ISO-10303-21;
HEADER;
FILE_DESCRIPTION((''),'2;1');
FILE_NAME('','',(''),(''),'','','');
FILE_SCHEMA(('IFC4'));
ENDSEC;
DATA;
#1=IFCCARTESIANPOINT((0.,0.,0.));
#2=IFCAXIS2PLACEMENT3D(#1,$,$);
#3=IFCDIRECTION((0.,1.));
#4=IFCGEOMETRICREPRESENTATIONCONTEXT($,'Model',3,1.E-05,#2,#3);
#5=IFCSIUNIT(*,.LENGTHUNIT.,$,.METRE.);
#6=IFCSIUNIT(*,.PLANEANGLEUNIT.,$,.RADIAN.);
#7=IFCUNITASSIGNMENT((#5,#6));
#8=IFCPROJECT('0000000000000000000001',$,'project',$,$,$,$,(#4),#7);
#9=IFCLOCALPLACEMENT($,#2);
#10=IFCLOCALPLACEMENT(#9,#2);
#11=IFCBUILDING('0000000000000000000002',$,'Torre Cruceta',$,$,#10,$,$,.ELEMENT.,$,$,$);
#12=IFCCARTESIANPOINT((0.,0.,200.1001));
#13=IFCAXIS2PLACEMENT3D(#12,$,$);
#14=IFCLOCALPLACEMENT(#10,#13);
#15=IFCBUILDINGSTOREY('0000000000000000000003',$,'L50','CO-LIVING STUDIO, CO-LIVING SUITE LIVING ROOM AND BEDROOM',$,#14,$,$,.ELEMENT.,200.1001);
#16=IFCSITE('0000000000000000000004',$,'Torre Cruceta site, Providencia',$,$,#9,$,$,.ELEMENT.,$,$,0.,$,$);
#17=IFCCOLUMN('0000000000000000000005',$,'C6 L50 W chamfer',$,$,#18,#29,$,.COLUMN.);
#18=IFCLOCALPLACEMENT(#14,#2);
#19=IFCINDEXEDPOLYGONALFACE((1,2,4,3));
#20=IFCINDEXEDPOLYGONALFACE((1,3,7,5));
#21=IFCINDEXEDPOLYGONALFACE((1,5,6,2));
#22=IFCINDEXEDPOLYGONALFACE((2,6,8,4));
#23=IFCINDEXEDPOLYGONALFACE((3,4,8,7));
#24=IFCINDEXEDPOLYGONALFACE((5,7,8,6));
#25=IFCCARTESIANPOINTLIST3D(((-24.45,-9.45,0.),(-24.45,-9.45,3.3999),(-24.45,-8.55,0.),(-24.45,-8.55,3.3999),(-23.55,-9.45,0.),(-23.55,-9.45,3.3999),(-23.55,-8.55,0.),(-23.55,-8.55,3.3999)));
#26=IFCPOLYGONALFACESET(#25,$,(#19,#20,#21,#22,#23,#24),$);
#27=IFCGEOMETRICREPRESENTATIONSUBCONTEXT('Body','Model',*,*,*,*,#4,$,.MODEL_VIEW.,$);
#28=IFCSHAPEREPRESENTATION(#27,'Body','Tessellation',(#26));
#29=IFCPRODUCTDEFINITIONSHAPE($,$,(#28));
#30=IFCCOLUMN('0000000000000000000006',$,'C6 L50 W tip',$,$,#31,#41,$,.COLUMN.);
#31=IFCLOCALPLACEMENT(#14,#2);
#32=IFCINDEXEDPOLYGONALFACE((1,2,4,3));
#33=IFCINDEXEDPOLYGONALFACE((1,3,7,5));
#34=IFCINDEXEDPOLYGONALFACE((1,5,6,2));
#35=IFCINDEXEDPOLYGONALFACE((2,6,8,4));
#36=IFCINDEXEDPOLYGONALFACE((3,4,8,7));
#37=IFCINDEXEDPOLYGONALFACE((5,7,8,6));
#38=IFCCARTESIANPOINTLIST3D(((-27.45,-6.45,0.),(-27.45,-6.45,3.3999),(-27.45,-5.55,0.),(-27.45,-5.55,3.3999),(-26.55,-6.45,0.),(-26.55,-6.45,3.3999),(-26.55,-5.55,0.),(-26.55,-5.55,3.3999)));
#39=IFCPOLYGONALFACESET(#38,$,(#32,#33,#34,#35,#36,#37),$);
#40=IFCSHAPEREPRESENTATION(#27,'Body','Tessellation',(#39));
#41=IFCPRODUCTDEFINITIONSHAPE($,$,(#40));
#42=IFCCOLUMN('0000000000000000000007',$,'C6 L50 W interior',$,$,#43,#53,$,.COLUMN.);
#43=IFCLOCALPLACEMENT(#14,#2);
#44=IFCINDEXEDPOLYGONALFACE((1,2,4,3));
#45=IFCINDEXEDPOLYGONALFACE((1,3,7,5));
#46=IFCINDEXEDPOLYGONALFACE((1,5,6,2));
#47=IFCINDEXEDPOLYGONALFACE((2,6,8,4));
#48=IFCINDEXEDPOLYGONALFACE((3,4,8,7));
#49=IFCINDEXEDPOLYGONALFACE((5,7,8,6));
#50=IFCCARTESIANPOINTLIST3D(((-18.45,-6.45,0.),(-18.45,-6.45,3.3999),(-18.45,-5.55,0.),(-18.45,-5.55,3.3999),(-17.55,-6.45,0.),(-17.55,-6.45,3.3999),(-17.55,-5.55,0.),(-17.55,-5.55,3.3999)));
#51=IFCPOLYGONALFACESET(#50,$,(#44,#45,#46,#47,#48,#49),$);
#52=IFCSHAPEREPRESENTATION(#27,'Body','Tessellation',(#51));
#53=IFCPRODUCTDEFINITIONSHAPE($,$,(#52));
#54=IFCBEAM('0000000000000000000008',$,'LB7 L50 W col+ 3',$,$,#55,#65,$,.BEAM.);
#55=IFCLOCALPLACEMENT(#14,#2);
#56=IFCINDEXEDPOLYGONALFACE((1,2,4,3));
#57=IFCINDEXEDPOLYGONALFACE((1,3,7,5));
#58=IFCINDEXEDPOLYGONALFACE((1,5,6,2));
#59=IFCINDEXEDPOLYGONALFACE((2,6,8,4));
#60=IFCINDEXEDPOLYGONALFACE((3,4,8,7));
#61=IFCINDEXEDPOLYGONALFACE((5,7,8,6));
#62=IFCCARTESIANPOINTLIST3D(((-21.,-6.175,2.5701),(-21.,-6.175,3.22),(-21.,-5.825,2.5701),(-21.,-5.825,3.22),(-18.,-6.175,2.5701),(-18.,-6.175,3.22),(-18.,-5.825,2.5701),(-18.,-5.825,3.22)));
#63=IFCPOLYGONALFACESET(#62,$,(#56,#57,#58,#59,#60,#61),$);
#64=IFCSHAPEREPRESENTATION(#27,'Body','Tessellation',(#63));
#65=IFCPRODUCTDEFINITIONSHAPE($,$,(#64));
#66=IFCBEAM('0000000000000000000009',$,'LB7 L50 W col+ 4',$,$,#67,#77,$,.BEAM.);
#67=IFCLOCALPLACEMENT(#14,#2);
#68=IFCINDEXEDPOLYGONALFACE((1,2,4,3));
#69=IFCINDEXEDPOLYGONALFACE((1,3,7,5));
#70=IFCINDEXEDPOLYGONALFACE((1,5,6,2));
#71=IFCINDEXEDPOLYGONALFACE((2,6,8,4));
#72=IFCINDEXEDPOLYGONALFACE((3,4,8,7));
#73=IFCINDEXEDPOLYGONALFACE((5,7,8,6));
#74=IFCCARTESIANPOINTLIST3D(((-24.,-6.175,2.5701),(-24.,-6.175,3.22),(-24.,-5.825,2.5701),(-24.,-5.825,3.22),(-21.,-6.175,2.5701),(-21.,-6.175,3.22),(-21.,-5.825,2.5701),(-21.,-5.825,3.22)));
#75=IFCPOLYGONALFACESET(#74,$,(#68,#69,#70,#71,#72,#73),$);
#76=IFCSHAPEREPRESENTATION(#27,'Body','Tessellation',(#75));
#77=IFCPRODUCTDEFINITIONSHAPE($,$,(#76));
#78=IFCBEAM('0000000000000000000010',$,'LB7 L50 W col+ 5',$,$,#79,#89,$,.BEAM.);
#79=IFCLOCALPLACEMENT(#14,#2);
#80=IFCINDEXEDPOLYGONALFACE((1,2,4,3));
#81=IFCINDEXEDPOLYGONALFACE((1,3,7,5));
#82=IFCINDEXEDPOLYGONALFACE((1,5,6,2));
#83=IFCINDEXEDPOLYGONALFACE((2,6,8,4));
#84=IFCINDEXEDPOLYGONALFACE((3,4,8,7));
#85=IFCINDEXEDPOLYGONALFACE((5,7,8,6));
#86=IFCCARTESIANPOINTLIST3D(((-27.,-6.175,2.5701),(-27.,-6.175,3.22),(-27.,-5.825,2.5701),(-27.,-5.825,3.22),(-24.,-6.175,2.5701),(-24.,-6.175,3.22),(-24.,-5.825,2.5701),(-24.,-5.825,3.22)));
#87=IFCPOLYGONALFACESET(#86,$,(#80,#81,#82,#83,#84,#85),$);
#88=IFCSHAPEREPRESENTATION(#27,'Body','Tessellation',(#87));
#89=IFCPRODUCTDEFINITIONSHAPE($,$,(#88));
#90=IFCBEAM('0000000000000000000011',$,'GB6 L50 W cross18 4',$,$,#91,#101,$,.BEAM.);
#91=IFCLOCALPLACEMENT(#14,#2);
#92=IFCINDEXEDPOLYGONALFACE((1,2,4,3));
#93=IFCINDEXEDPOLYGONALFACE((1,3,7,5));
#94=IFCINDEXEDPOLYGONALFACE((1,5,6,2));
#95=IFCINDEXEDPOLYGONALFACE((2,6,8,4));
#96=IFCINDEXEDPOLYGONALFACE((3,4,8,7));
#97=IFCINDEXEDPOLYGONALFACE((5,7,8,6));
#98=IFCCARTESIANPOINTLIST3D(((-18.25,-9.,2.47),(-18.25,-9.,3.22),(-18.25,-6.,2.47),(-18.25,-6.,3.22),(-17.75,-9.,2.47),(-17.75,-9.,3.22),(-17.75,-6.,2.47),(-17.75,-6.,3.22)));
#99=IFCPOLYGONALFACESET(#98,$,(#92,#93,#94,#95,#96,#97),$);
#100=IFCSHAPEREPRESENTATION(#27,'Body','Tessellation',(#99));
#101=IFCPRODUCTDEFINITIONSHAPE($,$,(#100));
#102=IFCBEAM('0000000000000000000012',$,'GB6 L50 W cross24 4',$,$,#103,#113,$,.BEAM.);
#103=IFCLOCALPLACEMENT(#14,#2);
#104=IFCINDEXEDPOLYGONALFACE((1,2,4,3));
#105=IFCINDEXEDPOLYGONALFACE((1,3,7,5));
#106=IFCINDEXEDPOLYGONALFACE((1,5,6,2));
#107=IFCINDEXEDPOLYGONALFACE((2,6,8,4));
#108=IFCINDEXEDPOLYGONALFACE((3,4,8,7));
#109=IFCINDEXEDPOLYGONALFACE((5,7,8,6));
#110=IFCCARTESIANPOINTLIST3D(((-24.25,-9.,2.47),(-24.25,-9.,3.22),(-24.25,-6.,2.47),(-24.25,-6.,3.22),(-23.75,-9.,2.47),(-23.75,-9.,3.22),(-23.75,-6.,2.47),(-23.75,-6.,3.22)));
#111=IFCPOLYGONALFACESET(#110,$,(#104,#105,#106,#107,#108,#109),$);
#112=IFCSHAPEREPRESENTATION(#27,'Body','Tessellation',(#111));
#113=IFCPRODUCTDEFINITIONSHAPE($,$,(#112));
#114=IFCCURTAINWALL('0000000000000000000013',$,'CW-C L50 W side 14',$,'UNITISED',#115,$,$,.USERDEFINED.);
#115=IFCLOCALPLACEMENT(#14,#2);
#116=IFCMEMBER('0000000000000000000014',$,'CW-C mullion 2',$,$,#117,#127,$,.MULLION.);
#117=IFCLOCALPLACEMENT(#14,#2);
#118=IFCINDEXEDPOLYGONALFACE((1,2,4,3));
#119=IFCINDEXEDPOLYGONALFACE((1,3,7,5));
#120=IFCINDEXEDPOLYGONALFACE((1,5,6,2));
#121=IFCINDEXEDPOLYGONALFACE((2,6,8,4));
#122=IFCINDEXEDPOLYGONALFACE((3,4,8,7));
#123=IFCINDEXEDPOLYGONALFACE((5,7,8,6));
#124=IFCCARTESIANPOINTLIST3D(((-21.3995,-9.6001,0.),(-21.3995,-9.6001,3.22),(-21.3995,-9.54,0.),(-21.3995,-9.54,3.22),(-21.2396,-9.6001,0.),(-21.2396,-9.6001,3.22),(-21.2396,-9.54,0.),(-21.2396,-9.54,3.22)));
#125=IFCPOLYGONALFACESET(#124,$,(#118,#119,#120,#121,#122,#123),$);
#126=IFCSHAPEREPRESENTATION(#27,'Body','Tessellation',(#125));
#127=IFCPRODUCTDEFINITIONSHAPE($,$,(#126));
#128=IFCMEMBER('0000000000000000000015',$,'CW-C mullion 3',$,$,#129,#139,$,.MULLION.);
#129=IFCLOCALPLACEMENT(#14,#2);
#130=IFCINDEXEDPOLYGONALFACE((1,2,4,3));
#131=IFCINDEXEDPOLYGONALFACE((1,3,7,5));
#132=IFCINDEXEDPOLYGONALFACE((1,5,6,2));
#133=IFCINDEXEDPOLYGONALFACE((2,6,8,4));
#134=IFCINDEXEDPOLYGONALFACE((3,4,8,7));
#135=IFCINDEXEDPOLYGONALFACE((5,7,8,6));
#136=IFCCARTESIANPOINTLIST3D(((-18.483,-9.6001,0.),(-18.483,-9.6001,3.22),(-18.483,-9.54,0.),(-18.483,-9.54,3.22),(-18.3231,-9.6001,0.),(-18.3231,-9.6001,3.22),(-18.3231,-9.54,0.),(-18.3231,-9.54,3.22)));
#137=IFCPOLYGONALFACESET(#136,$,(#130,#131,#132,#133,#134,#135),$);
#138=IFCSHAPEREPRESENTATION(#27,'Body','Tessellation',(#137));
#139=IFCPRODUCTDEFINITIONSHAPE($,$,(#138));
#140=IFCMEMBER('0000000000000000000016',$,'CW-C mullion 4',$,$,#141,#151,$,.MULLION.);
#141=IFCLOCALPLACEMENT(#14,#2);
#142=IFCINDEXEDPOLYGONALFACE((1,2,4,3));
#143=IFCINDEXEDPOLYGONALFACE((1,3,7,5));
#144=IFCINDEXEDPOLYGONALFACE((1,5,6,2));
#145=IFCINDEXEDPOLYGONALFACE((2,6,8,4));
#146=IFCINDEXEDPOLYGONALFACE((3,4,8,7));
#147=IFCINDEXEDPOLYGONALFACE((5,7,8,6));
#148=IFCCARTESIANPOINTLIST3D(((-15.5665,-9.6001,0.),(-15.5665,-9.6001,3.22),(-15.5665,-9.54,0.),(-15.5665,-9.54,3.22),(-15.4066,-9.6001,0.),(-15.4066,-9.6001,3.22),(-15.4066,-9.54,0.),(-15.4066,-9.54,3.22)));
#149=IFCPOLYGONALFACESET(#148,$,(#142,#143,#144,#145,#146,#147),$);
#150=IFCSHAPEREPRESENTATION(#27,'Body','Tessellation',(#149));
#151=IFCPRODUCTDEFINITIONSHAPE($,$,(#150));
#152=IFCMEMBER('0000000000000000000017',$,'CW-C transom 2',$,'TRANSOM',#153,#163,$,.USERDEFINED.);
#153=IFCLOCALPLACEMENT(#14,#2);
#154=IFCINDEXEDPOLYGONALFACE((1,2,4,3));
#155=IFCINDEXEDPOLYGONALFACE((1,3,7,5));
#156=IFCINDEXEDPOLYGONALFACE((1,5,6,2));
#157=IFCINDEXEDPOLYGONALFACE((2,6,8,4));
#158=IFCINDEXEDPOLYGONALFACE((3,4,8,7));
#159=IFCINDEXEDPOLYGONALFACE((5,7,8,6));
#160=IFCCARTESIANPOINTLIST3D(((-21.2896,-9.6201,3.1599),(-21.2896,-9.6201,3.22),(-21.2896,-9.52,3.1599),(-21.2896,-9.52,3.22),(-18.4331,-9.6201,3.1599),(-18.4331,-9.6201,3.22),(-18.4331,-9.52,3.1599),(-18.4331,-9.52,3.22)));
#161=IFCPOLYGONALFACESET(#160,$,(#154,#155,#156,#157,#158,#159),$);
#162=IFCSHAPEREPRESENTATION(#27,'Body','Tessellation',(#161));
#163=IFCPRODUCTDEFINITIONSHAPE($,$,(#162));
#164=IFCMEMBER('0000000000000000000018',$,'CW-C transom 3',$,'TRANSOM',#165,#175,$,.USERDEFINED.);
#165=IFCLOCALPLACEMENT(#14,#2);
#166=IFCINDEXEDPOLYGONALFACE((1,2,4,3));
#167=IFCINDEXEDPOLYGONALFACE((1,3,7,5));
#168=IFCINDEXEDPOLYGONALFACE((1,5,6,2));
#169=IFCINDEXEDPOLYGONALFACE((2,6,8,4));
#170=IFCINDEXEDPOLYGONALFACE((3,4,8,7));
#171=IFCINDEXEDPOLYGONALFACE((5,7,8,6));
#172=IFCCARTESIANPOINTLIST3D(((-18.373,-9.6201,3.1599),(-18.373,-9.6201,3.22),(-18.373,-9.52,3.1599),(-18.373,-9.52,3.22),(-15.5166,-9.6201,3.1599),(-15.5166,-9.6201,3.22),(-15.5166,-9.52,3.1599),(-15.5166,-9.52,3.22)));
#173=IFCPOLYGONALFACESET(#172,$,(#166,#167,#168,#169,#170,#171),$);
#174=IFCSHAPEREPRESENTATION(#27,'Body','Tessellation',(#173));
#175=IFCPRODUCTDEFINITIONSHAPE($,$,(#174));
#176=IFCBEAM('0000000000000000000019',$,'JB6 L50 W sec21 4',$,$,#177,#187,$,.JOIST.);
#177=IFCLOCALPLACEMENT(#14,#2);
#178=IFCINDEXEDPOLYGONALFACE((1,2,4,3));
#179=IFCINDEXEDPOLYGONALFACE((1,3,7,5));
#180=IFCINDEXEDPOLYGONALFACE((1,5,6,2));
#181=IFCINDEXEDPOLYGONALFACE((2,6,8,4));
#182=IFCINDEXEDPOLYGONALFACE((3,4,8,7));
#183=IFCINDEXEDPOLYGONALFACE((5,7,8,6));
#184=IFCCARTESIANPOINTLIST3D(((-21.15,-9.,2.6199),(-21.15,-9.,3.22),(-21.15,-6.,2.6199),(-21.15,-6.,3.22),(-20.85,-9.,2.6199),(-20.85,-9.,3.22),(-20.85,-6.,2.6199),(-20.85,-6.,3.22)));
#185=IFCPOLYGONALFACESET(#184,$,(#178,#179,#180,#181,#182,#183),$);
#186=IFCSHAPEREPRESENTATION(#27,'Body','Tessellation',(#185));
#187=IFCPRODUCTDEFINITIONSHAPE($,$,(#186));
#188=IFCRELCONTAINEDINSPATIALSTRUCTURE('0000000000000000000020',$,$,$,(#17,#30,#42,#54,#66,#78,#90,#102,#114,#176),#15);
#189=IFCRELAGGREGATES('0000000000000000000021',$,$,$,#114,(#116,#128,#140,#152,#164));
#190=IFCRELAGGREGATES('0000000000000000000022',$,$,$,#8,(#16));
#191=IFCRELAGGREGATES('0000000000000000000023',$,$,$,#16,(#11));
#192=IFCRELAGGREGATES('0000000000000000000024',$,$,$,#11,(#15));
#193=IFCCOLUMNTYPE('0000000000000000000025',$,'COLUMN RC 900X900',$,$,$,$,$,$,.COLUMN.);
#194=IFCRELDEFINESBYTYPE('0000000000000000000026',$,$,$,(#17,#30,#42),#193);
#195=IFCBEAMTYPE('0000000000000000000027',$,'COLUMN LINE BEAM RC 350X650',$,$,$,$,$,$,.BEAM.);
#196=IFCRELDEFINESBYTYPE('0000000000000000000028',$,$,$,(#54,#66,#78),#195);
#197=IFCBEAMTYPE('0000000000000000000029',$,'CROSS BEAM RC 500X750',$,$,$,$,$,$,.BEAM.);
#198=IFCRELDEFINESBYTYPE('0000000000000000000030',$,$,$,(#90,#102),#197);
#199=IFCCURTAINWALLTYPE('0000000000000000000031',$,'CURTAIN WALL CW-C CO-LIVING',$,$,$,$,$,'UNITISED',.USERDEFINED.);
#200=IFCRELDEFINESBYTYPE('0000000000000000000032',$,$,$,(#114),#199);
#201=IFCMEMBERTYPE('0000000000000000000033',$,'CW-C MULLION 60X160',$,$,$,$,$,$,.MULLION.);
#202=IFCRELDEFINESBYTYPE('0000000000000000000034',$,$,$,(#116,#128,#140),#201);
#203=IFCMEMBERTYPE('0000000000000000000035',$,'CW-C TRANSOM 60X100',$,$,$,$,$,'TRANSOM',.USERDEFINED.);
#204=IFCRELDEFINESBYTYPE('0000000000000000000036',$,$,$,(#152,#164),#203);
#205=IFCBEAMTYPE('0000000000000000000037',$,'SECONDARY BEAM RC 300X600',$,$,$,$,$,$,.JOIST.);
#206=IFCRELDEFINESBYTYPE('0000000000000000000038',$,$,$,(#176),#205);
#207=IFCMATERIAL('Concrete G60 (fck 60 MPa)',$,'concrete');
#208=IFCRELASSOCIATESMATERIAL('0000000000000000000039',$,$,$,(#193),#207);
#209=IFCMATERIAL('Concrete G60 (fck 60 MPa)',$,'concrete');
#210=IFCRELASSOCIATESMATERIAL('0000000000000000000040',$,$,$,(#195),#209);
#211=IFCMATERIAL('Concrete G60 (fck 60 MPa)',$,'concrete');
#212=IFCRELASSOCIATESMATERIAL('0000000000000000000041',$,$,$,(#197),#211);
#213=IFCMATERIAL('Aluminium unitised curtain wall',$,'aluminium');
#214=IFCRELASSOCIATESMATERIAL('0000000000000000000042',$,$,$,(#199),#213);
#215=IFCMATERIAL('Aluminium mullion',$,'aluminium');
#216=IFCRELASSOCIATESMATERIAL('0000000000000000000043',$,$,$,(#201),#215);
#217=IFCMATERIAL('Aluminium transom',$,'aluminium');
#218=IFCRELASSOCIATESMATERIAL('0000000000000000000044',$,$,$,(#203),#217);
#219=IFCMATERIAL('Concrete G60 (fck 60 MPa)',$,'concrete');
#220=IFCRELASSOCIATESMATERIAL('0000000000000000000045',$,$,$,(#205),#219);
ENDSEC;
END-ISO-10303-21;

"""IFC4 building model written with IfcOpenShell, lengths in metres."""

from ifc_helpers import new_model, si_unit, direction, frame, origin, origin_2d, place, context, subcontext, project, spatial, rectangle, extrude, material, material_profile, profile_set, type_object, element, aggregate, save


model = new_model("IFC4")

# Units and contexts
model_context = context("Model", 3, precision=1e-05, world=origin(), true_north=direction((0.0, 1.0)))
body_context = subcontext(model_context, "Body", "Model", "MODEL_VIEW")
ifc_project = project(units=[si_unit("LENGTHUNIT", "METRE"), si_unit("PLANEANGLEUNIT", "RADIAN")], contexts=[model_context])

# Site, building, storey
site_placement = place(None, origin())
site = spatial("IfcSite", under=ifc_project, at=site_placement, Name="Torre Cruceta site, Providencia", CompositionType="ELEMENT", RefElevation=0.0)
building_placement = place(site_placement, origin())
building = spatial("IfcBuilding", under=site, at=building_placement, Name="Torre Cruceta", CompositionType="ELEMENT")
storey_placement = place(building_placement, frame((0.0, 0.0, 200.1001)))
storey = spatial("IfcBuildingStorey", under=building, at=storey_placement, Name="L50", Description="CO-LIVING STUDIO, CO-LIVING SUITE LIVING ROOM AND BEDROOM", CompositionType="ELEMENT", Elevation=200.1001)

# Columns
ifc_material_1 = material(Name="Concrete G60 (fck 60 MPa)", Category="concrete")
ifc_material_profile_1 = material_profile(ifc_material_1, rectangle(XDim=0.8999, YDim=0.8999, at=origin_2d()), Name="RC 900X900")
ifc_profile_set_1 = profile_set([ifc_material_profile_1], Name="Concrete G60 (fck 60 MPa)")
column_type = type_object("IfcColumnType", Name="COLUMN RC 900X900", PredefinedType="COLUMN", material=ifc_profile_set_1)
for number, where, z_axis, x_axis, name in (
    (1, (-24.0, -9.0, 0.0), (0.0, 0.0, 1.0), (1.0, 0.0, 0.0), "C6 L50 W chamfer"),
    (2, (-27.0, -6.0, 0.0), (0.0, 0.0, 1.0), (1.0, 0.0, 0.0), "C6 L50 W tip"),
    (3, (-18.0, -6.0, 0.0), (0.0, 0.0, 1.0), (1.0, 0.0, 0.0), "C6 L50 W interior"),
):
    element("IfcColumn", number, at=place(storey_placement, frame(where, z_axis=z_axis, x_axis=x_axis)), inside=storey, type_object=column_type, Name=name, PredefinedType="COLUMN", context=body_context, shape_type="SweptSolid", body=[
        extrude(rectangle(XDim=0.8999, YDim=0.8999, at=origin_2d()), origin(), (0.0, 0.0, 1.0), 3.3999),
    ])

# Beams
ifc_material_2 = material(Name="Concrete G60 (fck 60 MPa)", Category="concrete")
ifc_material_profile_2 = material_profile(ifc_material_2, rectangle(XDim=0.3501, YDim=0.6499, at=origin_2d()), Name="RC 350X650")
ifc_profile_set_2 = profile_set([ifc_material_profile_2], Name="Concrete G60 (fck 60 MPa)")
beam_type_1 = type_object("IfcBeamType", Name="COLUMN LINE BEAM RC 350X650", PredefinedType="BEAM", material=ifc_profile_set_2)
for number, where, z_axis, x_axis, name in (
    (4, (-18.0, -6.0, 2.895), (-1.0, 0.0, 0.0), (0.0, -1.0, 0.0), "LB7 L50 W col+ 3"),
    (5, (-21.0, -6.0, 2.895), (-1.0, 0.0, 0.0), (0.0, -1.0, 0.0), "LB7 L50 W col+ 4"),
    (6, (-24.0, -6.0, 2.895), (-1.0, 0.0, 0.0), (0.0, -1.0, 0.0), "LB7 L50 W col+ 5"),
):
    element("IfcBeam", number, at=place(storey_placement, frame(where, z_axis=z_axis, x_axis=x_axis)), inside=storey, type_object=beam_type_1, Name=name, PredefinedType="BEAM", context=body_context, shape_type="SweptSolid", body=[
        extrude(rectangle(XDim=0.3501, YDim=0.6499, at=origin_2d()), origin(), (0.0, 0.0, 1.0), 3.0),
    ])
ifc_material_3 = material(Name="Concrete G60 (fck 60 MPa)", Category="concrete")
ifc_material_profile_3 = material_profile(ifc_material_3, rectangle(XDim=0.5, YDim=0.75, at=origin_2d()), Name="RC 500X750")
ifc_profile_set_3 = profile_set([ifc_material_profile_3], Name="Concrete G60 (fck 60 MPa)")
beam_type_2 = type_object("IfcBeamType", Name="CROSS BEAM RC 500X750", PredefinedType="BEAM", material=ifc_profile_set_3)
for number, where, z_axis, x_axis, name in (
    (7, (-18.0, -6.0, 2.845), (0.0, -1.0, 0.0), (1.0, 0.0, 0.0), "GB6 L50 W cross18 4"),
    (8, (-24.0, -6.0, 2.845), (0.0, -1.0, 0.0), (1.0, 0.0, 0.0), "GB6 L50 W cross24 4"),
):
    element("IfcBeam", number, at=place(storey_placement, frame(where, z_axis=z_axis, x_axis=x_axis)), inside=storey, type_object=beam_type_2, Name=name, PredefinedType="BEAM", context=body_context, shape_type="SweptSolid", body=[
        extrude(rectangle(XDim=0.5, YDim=0.75, at=origin_2d()), origin(), (0.0, 0.0, 1.0), 3.0),
    ])

# Curtain wall, members
ifc_material_4 = material(Name="Aluminium unitised curtain wall", Category="aluminium")
curtain_wall_type = type_object("IfcCurtainWallType", Name="CURTAIN WALL CW-C CO-LIVING", ElementType="UNITISED", PredefinedType="USERDEFINED", material=ifc_material_4)
curtain_wall_placement = place(storey_placement, origin())
curtain_wall = element("IfcCurtainWall", 9, at=curtain_wall_placement, inside=storey, type_object=curtain_wall_type, Name="CW-C L50 W side 14", ObjectType="UNITISED", PredefinedType="USERDEFINED")
ifc_material_5 = material(Name="Aluminium mullion", Category="aluminium")
ifc_material_profile_4 = material_profile(ifc_material_5, rectangle(XDim=0.0601, YDim=0.1599, at=origin_2d()), Name="AL 60X160")
ifc_profile_set_4 = profile_set([ifc_material_profile_4], Name="Aluminium mullion")
member_type_1 = type_object("IfcMemberType", Name="CW-C MULLION 60X160", PredefinedType="MULLION", material=ifc_profile_set_4)
member_1_placement = place(storey_placement, frame((-21.3196, -9.5701, 0.0), z_axis=(0.0, 0.0, 1.0), x_axis=(0.0, 1.0, 0.0)))
member_1 = element("IfcMember", 10, at=member_1_placement, type_object=member_type_1, Name="CW-C mullion 2", PredefinedType="MULLION", context=body_context, shape_type="SweptSolid", body=[
    extrude(rectangle(XDim=0.0601, YDim=0.1599, at=origin_2d()), origin(), (0.0, 0.0, 1.0), 3.22),
])
member_2_placement = place(storey_placement, frame((-18.4031, -9.5701, 0.0), z_axis=(0.0, 0.0, 1.0), x_axis=(0.0, 1.0, 0.0)))
member_2 = element("IfcMember", 11, at=member_2_placement, type_object=member_type_1, Name="CW-C mullion 3", PredefinedType="MULLION", context=body_context, shape_type="SweptSolid", body=[
    extrude(rectangle(XDim=0.0601, YDim=0.1599, at=origin_2d()), origin(), (0.0, 0.0, 1.0), 3.22),
])
member_3_placement = place(storey_placement, frame((-15.4866, -9.5701, 0.0), z_axis=(0.0, 0.0, 1.0), x_axis=(0.0, 1.0, 0.0)))
member_3 = element("IfcMember", 12, at=member_3_placement, type_object=member_type_1, Name="CW-C mullion 4", PredefinedType="MULLION", context=body_context, shape_type="SweptSolid", body=[
    extrude(rectangle(XDim=0.0601, YDim=0.1599, at=origin_2d()), origin(), (0.0, 0.0, 1.0), 3.22),
])
ifc_material_6 = material(Name="Aluminium transom", Category="aluminium")
ifc_material_profile_5 = material_profile(ifc_material_6, rectangle(XDim=0.1001, YDim=0.0601, at=origin_2d()), Name="AL 100X60")
ifc_profile_set_5 = profile_set([ifc_material_profile_5], Name="Aluminium transom")
member_type_2 = type_object("IfcMemberType", Name="CW-C TRANSOM 60X100", ElementType="TRANSOM", PredefinedType="USERDEFINED", material=ifc_profile_set_5)
member_4_placement = place(storey_placement, frame((-21.2896, -9.5701, 3.1899), z_axis=(1.0, 0.0, 0.0), x_axis=(0.0, 1.0, 0.0)))
member_4 = element("IfcMember", 13, at=member_4_placement, type_object=member_type_2, Name="CW-C transom 2", ObjectType="TRANSOM", PredefinedType="USERDEFINED", context=body_context, shape_type="SweptSolid", body=[
    extrude(rectangle(XDim=0.1001, YDim=0.0601, at=origin_2d()), origin(), (0.0, 0.0, 1.0), 2.8564),
])
member_5_placement = place(storey_placement, frame((-18.373, -9.5701, 3.1899), z_axis=(1.0, 0.0, 0.0), x_axis=(0.0, 1.0, 0.0)))
member_5 = element("IfcMember", 14, at=member_5_placement, type_object=member_type_2, Name="CW-C transom 3", ObjectType="TRANSOM", PredefinedType="USERDEFINED", context=body_context, shape_type="SweptSolid", body=[
    extrude(rectangle(XDim=0.1001, YDim=0.0601, at=origin_2d()), origin(), (0.0, 0.0, 1.0), 2.8564),
])

# Beam
ifc_material_7 = material(Name="Concrete G60 (fck 60 MPa)", Category="concrete")
ifc_material_profile_6 = material_profile(ifc_material_7, rectangle(XDim=0.3, YDim=0.6001, at=origin_2d()), Name="RC 300X600")
ifc_profile_set_6 = profile_set([ifc_material_profile_6], Name="Concrete G60 (fck 60 MPa)")
beam_type_3 = type_object("IfcBeamType", Name="SECONDARY BEAM RC 300X600", PredefinedType="JOIST", material=ifc_profile_set_6)
beam_1_placement = place(storey_placement, frame((-21.0, -6.0, 2.9199), z_axis=(0.0, -1.0, 0.0), x_axis=(1.0, 0.0, 0.0)))
element("IfcBeam", 15, at=beam_1_placement, inside=storey, type_object=beam_type_3, Name="JB6 L50 W sec21 4", PredefinedType="JOIST", context=body_context, shape_type="SweptSolid", body=[
    extrude(rectangle(XDim=0.3, YDim=0.6001, at=origin_2d()), origin(), (0.0, 0.0, 1.0), 3.0),
])

aggregate(curtain_wall, [member_1, member_2, member_3, member_4, member_5])

save(model, "model.ifc")
